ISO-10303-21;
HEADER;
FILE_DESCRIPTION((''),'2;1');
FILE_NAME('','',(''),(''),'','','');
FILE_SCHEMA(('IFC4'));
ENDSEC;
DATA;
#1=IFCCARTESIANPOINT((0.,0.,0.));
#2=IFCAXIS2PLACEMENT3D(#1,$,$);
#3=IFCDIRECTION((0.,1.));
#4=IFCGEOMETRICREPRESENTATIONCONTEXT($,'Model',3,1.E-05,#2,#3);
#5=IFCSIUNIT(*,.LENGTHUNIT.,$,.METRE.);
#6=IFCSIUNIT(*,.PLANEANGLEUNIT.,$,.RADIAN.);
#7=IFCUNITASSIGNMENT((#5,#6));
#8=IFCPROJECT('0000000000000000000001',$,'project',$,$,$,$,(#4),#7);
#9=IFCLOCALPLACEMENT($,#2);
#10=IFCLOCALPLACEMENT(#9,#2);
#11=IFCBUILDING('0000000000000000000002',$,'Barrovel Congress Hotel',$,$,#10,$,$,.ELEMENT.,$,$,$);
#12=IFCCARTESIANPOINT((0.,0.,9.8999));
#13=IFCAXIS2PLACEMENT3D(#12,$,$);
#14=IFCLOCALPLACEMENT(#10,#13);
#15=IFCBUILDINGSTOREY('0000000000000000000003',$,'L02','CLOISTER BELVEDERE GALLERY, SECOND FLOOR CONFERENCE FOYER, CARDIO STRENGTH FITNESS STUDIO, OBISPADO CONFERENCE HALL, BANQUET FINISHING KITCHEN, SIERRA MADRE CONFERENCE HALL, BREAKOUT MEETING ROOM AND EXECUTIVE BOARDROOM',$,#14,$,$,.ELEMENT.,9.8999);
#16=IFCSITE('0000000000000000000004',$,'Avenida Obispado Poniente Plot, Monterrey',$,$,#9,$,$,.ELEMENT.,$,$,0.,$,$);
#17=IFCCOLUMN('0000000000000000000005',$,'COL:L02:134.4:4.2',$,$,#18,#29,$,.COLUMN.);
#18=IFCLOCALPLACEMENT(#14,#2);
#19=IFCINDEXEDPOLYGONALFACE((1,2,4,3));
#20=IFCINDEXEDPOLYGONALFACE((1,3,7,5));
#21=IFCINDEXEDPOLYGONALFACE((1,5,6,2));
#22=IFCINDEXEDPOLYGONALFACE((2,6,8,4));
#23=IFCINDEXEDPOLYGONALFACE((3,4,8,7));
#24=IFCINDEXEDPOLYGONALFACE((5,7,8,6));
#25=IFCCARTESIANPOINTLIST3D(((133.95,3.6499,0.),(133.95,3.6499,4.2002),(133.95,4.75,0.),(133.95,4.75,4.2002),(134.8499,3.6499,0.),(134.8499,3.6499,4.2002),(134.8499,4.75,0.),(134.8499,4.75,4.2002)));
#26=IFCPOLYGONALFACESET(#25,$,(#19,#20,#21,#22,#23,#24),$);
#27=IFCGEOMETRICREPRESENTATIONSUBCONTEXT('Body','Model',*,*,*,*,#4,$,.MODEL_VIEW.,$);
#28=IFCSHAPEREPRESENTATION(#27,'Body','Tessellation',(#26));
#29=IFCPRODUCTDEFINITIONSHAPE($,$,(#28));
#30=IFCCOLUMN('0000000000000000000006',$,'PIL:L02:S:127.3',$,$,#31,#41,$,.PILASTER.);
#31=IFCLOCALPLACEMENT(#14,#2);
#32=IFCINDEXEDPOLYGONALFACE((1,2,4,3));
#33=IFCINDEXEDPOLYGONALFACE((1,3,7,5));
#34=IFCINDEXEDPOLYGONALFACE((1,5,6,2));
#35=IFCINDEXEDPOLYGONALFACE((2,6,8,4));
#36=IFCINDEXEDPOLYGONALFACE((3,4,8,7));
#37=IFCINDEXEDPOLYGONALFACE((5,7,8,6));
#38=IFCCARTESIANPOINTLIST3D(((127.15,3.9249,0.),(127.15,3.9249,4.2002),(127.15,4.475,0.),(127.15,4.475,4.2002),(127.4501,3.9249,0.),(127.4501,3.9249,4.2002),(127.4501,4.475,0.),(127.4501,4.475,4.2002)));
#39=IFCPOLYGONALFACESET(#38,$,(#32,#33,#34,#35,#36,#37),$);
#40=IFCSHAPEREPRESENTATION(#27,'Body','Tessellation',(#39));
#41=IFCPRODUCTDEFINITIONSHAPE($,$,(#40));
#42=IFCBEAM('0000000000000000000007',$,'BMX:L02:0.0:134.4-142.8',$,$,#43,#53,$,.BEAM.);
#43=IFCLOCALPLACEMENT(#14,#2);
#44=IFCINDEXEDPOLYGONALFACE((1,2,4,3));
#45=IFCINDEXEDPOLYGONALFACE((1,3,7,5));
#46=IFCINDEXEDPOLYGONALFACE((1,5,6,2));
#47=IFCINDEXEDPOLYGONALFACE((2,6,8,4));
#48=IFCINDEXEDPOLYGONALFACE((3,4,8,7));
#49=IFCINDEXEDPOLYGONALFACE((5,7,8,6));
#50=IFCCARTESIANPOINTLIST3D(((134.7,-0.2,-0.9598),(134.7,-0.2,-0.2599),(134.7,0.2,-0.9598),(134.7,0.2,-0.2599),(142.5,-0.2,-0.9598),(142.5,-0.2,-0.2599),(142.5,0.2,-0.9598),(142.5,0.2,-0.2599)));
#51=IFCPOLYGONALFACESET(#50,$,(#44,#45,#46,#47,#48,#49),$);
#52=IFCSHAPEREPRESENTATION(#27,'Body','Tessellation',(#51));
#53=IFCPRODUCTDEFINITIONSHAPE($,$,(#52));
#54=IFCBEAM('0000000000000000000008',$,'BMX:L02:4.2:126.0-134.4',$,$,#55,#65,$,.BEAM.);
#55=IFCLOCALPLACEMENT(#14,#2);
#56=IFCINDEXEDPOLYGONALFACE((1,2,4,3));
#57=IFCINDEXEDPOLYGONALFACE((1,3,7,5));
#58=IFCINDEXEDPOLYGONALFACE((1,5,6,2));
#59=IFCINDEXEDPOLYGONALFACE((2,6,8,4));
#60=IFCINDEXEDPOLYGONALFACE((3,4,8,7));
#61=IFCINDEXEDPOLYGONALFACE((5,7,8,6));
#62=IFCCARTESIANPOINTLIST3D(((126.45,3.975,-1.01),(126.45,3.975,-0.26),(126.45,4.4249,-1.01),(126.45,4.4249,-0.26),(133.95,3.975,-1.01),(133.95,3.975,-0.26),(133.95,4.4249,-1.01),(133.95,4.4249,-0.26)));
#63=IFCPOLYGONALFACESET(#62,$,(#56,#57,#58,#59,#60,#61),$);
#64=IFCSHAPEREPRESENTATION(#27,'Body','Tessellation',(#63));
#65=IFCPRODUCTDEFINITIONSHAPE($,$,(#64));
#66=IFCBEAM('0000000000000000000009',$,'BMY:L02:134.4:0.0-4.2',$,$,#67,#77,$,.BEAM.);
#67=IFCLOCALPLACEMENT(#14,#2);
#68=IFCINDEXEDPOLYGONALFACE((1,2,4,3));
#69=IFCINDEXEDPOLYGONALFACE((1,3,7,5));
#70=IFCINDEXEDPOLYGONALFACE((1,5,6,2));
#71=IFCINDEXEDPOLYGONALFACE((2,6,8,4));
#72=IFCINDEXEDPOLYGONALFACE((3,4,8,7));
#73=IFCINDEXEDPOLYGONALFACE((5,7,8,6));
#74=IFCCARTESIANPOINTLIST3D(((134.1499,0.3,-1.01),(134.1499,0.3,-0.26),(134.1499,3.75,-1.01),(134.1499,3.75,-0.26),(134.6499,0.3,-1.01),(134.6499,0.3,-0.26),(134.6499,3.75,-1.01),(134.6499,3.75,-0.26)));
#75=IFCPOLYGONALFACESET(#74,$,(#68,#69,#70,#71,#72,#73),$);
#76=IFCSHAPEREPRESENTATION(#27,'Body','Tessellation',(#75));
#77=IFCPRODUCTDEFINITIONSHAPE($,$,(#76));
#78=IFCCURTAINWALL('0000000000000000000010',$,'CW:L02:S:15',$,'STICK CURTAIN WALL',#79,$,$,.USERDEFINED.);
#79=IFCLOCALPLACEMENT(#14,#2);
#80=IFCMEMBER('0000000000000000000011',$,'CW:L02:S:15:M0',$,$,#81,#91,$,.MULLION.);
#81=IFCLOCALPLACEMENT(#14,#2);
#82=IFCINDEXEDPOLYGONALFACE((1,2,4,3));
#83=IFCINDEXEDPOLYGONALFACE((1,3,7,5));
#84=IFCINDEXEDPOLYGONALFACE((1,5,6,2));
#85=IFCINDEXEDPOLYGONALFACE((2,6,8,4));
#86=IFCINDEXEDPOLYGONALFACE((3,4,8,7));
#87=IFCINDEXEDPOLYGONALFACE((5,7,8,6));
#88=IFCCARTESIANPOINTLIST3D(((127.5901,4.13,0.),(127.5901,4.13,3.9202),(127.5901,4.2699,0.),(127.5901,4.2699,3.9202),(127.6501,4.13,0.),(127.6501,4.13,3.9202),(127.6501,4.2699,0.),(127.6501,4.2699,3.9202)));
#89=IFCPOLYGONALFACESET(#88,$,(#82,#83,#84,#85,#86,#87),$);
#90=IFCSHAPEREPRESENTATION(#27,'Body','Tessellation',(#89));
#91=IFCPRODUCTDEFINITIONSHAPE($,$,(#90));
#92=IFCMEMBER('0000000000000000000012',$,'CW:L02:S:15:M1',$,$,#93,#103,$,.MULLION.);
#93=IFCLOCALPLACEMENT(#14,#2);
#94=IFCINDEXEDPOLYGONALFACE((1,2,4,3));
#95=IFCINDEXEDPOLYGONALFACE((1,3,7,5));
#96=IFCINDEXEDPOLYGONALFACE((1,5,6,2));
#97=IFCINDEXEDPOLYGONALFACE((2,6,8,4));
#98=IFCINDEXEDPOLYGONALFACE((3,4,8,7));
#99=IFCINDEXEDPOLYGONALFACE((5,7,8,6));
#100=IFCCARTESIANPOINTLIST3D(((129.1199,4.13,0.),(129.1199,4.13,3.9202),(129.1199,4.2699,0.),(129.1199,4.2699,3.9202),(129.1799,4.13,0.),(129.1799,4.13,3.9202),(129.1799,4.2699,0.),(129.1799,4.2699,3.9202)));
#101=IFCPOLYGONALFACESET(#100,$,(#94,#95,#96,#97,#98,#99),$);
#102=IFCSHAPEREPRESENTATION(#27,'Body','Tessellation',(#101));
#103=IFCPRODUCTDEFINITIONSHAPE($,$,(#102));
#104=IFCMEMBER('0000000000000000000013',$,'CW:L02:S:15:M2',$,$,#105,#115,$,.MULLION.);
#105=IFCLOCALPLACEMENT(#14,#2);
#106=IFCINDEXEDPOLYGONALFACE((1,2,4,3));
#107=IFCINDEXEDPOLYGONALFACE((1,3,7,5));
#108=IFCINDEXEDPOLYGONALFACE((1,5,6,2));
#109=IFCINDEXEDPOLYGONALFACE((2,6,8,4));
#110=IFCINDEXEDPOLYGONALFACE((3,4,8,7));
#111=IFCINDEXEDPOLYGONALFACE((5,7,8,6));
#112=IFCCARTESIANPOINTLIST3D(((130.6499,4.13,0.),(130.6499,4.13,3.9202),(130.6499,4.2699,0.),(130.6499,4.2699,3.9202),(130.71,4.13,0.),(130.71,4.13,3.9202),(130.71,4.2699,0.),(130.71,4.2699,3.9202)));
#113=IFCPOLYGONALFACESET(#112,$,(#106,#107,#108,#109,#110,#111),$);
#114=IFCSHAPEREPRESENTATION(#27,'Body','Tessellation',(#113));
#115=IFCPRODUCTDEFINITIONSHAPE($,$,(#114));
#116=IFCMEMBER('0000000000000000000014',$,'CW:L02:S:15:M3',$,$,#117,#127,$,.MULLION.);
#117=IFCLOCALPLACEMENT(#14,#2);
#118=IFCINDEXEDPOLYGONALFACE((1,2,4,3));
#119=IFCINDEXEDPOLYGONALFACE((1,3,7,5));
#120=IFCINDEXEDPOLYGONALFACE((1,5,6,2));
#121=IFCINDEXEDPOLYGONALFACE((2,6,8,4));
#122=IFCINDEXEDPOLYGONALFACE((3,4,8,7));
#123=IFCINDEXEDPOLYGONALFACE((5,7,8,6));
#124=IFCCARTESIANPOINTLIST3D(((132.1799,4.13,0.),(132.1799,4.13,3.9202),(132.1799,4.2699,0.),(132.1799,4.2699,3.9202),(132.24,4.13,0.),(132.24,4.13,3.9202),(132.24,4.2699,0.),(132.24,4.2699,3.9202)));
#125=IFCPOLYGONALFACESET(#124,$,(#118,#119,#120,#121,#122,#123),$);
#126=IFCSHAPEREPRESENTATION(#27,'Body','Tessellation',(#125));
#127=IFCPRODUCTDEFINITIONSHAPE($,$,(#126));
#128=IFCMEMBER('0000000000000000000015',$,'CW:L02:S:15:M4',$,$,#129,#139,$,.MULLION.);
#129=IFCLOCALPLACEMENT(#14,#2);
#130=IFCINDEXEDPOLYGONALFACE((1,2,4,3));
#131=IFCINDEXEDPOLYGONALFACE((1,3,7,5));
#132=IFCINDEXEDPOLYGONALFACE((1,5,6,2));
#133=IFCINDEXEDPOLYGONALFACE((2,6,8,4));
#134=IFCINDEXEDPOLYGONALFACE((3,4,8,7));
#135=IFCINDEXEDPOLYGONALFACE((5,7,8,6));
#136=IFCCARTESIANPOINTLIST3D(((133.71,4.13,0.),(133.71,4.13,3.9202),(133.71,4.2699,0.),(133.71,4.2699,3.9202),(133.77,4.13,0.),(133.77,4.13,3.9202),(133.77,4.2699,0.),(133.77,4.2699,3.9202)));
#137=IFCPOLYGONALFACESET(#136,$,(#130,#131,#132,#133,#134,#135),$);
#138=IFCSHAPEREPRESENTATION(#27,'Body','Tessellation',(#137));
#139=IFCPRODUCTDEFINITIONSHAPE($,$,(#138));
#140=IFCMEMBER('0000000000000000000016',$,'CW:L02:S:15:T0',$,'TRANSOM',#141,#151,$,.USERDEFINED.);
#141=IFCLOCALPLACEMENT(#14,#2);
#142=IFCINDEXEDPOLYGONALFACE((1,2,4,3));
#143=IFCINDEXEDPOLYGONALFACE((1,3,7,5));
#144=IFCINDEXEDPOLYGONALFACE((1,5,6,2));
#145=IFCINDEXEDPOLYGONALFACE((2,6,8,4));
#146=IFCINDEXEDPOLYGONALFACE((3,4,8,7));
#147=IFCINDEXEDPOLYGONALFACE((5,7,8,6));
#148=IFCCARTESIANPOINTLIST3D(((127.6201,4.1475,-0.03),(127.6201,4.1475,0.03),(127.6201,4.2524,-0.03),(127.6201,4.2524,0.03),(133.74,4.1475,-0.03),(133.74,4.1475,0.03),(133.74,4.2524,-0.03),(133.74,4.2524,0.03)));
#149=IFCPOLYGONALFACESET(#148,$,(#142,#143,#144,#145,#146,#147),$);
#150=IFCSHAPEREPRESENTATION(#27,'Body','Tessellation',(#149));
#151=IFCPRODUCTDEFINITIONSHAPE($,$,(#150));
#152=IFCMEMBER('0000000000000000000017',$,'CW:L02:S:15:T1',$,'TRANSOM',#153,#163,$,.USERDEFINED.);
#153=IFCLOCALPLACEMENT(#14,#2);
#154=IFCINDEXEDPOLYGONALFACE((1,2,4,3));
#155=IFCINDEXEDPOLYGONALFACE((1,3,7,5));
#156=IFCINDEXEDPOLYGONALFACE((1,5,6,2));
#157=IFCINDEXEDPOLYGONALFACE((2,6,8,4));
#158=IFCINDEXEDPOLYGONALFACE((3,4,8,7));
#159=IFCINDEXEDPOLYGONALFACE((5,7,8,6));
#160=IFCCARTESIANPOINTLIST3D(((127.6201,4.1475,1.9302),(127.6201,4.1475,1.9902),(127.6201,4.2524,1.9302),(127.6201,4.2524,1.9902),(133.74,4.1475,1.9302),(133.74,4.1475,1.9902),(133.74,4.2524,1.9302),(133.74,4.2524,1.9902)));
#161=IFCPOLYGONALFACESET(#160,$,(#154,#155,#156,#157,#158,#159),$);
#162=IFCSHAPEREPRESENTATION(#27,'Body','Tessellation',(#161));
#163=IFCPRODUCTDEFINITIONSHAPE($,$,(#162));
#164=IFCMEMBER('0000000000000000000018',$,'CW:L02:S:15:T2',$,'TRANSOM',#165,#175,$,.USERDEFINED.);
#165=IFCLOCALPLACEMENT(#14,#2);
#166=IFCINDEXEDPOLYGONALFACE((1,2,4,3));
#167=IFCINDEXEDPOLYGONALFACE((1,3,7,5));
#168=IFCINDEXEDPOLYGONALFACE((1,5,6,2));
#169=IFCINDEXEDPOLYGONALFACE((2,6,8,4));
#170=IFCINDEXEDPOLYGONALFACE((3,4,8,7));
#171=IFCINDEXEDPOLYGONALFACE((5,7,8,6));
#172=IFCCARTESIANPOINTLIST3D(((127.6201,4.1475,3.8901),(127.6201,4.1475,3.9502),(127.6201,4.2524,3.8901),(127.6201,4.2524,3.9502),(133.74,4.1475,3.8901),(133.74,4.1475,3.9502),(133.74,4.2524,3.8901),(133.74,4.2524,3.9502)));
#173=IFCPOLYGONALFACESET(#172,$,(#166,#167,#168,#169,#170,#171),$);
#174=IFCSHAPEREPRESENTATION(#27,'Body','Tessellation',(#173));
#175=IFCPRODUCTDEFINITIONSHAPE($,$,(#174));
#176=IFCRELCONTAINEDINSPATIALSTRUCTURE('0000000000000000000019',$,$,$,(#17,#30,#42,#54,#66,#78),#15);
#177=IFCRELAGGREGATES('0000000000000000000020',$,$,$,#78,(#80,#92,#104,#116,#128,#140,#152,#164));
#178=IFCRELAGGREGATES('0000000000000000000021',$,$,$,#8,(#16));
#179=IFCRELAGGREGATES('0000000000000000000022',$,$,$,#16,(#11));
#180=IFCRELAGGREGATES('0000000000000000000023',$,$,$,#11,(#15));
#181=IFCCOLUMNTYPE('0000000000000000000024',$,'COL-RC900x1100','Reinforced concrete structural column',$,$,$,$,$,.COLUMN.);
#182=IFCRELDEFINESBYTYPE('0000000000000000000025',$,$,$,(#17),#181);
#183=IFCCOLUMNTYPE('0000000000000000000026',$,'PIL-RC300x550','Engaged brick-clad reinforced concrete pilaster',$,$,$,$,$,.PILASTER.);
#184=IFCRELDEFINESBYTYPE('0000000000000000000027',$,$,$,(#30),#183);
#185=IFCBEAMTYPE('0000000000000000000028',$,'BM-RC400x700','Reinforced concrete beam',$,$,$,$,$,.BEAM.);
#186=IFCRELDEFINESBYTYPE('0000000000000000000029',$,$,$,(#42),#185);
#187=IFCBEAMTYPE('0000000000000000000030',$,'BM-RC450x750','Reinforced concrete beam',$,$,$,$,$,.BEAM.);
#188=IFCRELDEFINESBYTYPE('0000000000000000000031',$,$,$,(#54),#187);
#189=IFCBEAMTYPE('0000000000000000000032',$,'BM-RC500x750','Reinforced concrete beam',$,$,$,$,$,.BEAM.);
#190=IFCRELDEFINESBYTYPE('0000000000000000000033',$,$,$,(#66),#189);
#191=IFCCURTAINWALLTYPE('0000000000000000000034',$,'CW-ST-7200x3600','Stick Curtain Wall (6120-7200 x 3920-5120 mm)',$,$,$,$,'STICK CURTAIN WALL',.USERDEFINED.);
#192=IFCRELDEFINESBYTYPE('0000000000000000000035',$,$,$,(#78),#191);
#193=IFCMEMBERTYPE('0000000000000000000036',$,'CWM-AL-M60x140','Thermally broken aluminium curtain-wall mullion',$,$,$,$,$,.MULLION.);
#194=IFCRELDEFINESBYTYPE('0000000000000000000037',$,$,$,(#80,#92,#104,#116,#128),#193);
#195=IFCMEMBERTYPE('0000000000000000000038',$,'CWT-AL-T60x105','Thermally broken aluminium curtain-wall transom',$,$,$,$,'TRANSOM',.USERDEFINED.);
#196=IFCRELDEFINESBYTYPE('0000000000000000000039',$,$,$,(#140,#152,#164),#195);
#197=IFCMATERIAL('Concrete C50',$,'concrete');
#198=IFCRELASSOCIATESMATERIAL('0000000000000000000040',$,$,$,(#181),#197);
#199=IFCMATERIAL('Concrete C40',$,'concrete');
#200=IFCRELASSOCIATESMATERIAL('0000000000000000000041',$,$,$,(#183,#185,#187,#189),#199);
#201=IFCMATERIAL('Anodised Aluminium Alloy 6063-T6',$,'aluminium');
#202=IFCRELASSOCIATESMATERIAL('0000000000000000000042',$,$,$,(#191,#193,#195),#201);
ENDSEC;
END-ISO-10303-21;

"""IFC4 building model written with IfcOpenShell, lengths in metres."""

from ifc_helpers import new_model, si_unit, direction, frame, origin, origin_2d, place, context, subcontext, project, spatial, rectangle, extrude, material, material_profile, profile_set, type_object, element, aggregate, save


model = new_model("IFC4")

# Units and contexts
model_context = context("Model", 3, precision=1e-05, world=origin(), true_north=direction((0.0, 1.0)))
body_context = subcontext(model_context, "Body", "Model", "MODEL_VIEW")
ifc_project = project(units=[si_unit("LENGTHUNIT", "METRE"), si_unit("PLANEANGLEUNIT", "RADIAN")], contexts=[model_context])

# Site, building, storey
site_placement = place(None, origin())
site = spatial("IfcSite", under=ifc_project, at=site_placement, Name="Avenida Obispado Poniente Plot, Monterrey", CompositionType="ELEMENT", RefElevation=0.0)
building_placement = place(site_placement, origin())
building = spatial("IfcBuilding", under=site, at=building_placement, Name="Barrovel Congress Hotel", CompositionType="ELEMENT")
storey_placement = place(building_placement, frame((0.0, 0.0, 9.8999)))
storey = spatial("IfcBuildingStorey", under=building, at=storey_placement, Name="L02", Description="CLOISTER BELVEDERE GALLERY, SECOND FLOOR CONFERENCE FOYER, CARDIO STRENGTH FITNESS STUDIO, OBISPADO CONFERENCE HALL, BANQUET FINISHING KITCHEN, SIERRA MADRE CONFERENCE HALL, BREAKOUT MEETING ROOM AND EXECUTIVE BOARDROOM", CompositionType="ELEMENT", Elevation=9.8999)

# Columns
ifc_material_1 = material(Name="Concrete C50", Category="concrete")
ifc_material_profile_1 = material_profile(ifc_material_1, rectangle(XDim=0.8999, YDim=1.1001, at=origin_2d()), Name="RC900x1100")
ifc_profile_set_1 = profile_set([ifc_material_profile_1], Name="Concrete C50")
column_type_1 = type_object("IfcColumnType", Name="COL-RC900x1100", Description="Reinforced concrete structural column", PredefinedType="COLUMN", material=ifc_profile_set_1)
column_1_placement = place(storey_placement, frame((134.3999, 4.2, 0.0), z_axis=(0.0, 0.0, 1.0), x_axis=(1.0, 0.0, 0.0)))
element("IfcColumn", 1, at=column_1_placement, inside=storey, type_object=column_type_1, Name="COL:L02:134.4:4.2", PredefinedType="COLUMN", context=body_context, shape_type="SweptSolid", body=[
    extrude(rectangle(XDim=0.8999, YDim=1.1001, at=origin_2d()), origin(), (0.0, 0.0, 1.0), 4.2002),
])
ifc_material_2 = material(Name="Concrete C40", Category="concrete")
ifc_material_profile_2 = material_profile(ifc_material_2, rectangle(XDim=0.3, YDim=0.55, at=origin_2d()), Name="RC300x550")
ifc_profile_set_2 = profile_set([ifc_material_profile_2], Name="Concrete C40")
column_type_2 = type_object("IfcColumnType", Name="PIL-RC300x550", Description="Engaged brick-clad reinforced concrete pilaster", PredefinedType="PILASTER", material=ifc_profile_set_2)
column_2_placement = place(storey_placement, frame((127.3, 4.2, 0.0), z_axis=(0.0, 0.0, 1.0), x_axis=(1.0, 0.0, 0.0)))
element("IfcColumn", 2, at=column_2_placement, inside=storey, type_object=column_type_2, Name="PIL:L02:S:127.3", PredefinedType="PILASTER", context=body_context, shape_type="SweptSolid", body=[
    extrude(rectangle(XDim=0.3, YDim=0.55, at=origin_2d()), origin(), (0.0, 0.0, 1.0), 4.2002),
])

# Beams
ifc_material_profile_3 = material_profile(ifc_material_2, rectangle(XDim=0.3999, YDim=0.7, at=origin_2d()), Name="RC400x700")
ifc_profile_set_3 = profile_set([ifc_material_profile_3], Name="Concrete C40")
beam_type_1 = type_object("IfcBeamType", Name="BM-RC400x700", Description="Reinforced concrete beam", PredefinedType="BEAM", material=ifc_profile_set_3)
beam_1_placement = place(storey_placement, frame((134.7, 0.0, -0.6099), z_axis=(1.0, 0.0, 0.0), x_axis=(0.0, 1.0, 0.0)))
element("IfcBeam", 3, at=beam_1_placement, inside=storey, type_object=beam_type_1, Name="BMX:L02:0.0:134.4-142.8", PredefinedType="BEAM", context=body_context, shape_type="SweptSolid", body=[
    extrude(rectangle(XDim=0.3999, YDim=0.7, at=origin_2d()), origin(), (0.0, 0.0, 1.0), 7.8),
])
ifc_material_profile_4 = material_profile(ifc_material_2, rectangle(XDim=0.45, YDim=0.75, at=origin_2d()), Name="RC450x750")
ifc_profile_set_4 = profile_set([ifc_material_profile_4], Name="Concrete C40")
beam_type_2 = type_object("IfcBeamType", Name="BM-RC450x750", Description="Reinforced concrete beam", PredefinedType="BEAM", material=ifc_profile_set_4)
beam_2_placement = place(storey_placement, frame((126.45, 4.2, -0.635), z_axis=(1.0, 0.0, 0.0), x_axis=(0.0, 1.0, 0.0)))
element("IfcBeam", 4, at=beam_2_placement, inside=storey, type_object=beam_type_2, Name="BMX:L02:4.2:126.0-134.4", PredefinedType="BEAM", context=body_context, shape_type="SweptSolid", body=[
    extrude(rectangle(XDim=0.45, YDim=0.75, at=origin_2d()), origin(), (0.0, 0.0, 1.0), 7.5),
])
ifc_material_profile_5 = material_profile(ifc_material_2, rectangle(XDim=0.5, YDim=0.75, at=origin_2d()), Name="RC500x750")
ifc_profile_set_5 = profile_set([ifc_material_profile_5], Name="Concrete C40")
beam_type_3 = type_object("IfcBeamType", Name="BM-RC500x750", Description="Reinforced concrete beam", PredefinedType="BEAM", material=ifc_profile_set_5)
beam_3_placement = place(storey_placement, frame((134.3999, 0.3, -0.635), z_axis=(0.0, 1.0, 0.0), x_axis=(-1.0, 0.0, 0.0)))
element("IfcBeam", 5, at=beam_3_placement, inside=storey, type_object=beam_type_3, Name="BMY:L02:134.4:0.0-4.2", PredefinedType="BEAM", context=body_context, shape_type="SweptSolid", body=[
    extrude(rectangle(XDim=0.5, YDim=0.75, at=origin_2d()), origin(), (0.0, 0.0, 1.0), 3.45),
])

# Curtain wall, members
ifc_material_3 = material(Name="Anodised Aluminium Alloy 6063-T6", Category="aluminium")
curtain_wall_type = type_object("IfcCurtainWallType", Name="CW-ST-7200x3600", Description="Stick Curtain Wall (6120-7200 x 3920-5120 mm)", ElementType="STICK CURTAIN WALL", PredefinedType="USERDEFINED", material=ifc_material_3)
curtain_wall_placement = place(storey_placement, origin())
curtain_wall = element("IfcCurtainWall", 6, at=curtain_wall_placement, inside=storey, type_object=curtain_wall_type, Name="CW:L02:S:15", ObjectType="STICK CURTAIN WALL", PredefinedType="USERDEFINED")
ifc_material_profile_6 = material_profile(ifc_material_3, rectangle(XDim=0.0601, YDim=0.1399, at=origin_2d()), Name="AL-M60x140")
ifc_profile_set_6 = profile_set([ifc_material_profile_6], Name="Anodised Aluminium Alloy 6063-T6")
member_type_1 = type_object("IfcMemberType", Name="CWM-AL-M60x140", Description="Thermally broken aluminium curtain-wall mullion", PredefinedType="MULLION", material=ifc_profile_set_6)
member_1_placement = place(storey_placement, frame((127.6201, 4.2, 0.0), z_axis=(0.0, 0.0, 1.0), x_axis=(1.0, 0.0, 0.0)))
member_1 = element("IfcMember", 7, at=member_1_placement, type_object=member_type_1, Name="CW:L02:S:15:M0", PredefinedType="MULLION", context=body_context, shape_type="SweptSolid", body=[
    extrude(rectangle(XDim=0.0601, YDim=0.1399, at=origin_2d()), origin(), (0.0, 0.0, 1.0), 3.9202),
])
member_2_placement = place(storey_placement, frame((129.1499, 4.2, 0.0), z_axis=(0.0, 0.0, 1.0), x_axis=(1.0, 0.0, 0.0)))
member_2 = element("IfcMember", 8, at=member_2_placement, type_object=member_type_1, Name="CW:L02:S:15:M1", PredefinedType="MULLION", context=body_context, shape_type="SweptSolid", body=[
    extrude(rectangle(XDim=0.0601, YDim=0.1399, at=origin_2d()), origin(), (0.0, 0.0, 1.0), 3.9202),
])
member_3_placement = place(storey_placement, frame((130.6799, 4.2, 0.0), z_axis=(0.0, 0.0, 1.0), x_axis=(1.0, 0.0, 0.0)))
member_3 = element("IfcMember", 9, at=member_3_placement, type_object=member_type_1, Name="CW:L02:S:15:M2", PredefinedType="MULLION", context=body_context, shape_type="SweptSolid", body=[
    extrude(rectangle(XDim=0.0601, YDim=0.1399, at=origin_2d()), origin(), (0.0, 0.0, 1.0), 3.9202),
])
member_4_placement = place(storey_placement, frame((132.21, 4.2, 0.0), z_axis=(0.0, 0.0, 1.0), x_axis=(1.0, 0.0, 0.0)))
member_4 = element("IfcMember", 10, at=member_4_placement, type_object=member_type_1, Name="CW:L02:S:15:M3", PredefinedType="MULLION", context=body_context, shape_type="SweptSolid", body=[
    extrude(rectangle(XDim=0.0601, YDim=0.1399, at=origin_2d()), origin(), (0.0, 0.0, 1.0), 3.9202),
])
member_5_placement = place(storey_placement, frame((133.74, 4.2, 0.0), z_axis=(0.0, 0.0, 1.0), x_axis=(1.0, 0.0, 0.0)))
member_5 = element("IfcMember", 11, at=member_5_placement, type_object=member_type_1, Name="CW:L02:S:15:M4", PredefinedType="MULLION", context=body_context, shape_type="SweptSolid", body=[
    extrude(rectangle(XDim=0.0601, YDim=0.1399, at=origin_2d()), origin(), (0.0, 0.0, 1.0), 3.9202),
])
ifc_material_profile_7 = material_profile(ifc_material_3, rectangle(XDim=0.105, YDim=0.0601, at=origin_2d()), Name="AL-T60x105")
ifc_profile_set_7 = profile_set([ifc_material_profile_7], Name="Anodised Aluminium Alloy 6063-T6")
member_type_2 = type_object("IfcMemberType", Name="CWT-AL-T60x105", Description="Thermally broken aluminium curtain-wall transom", ElementType="TRANSOM", PredefinedType="USERDEFINED", material=ifc_profile_set_7)
member_6_placement = place(storey_placement, frame((127.6201, 4.2, 0.0), z_axis=(1.0, 0.0, 0.0), x_axis=(0.0, 1.0, 0.0)))
member_6 = element("IfcMember", 12, at=member_6_placement, type_object=member_type_2, Name="CW:L02:S:15:T0", ObjectType="TRANSOM", PredefinedType="USERDEFINED", context=body_context, shape_type="SweptSolid", body=[
    extrude(rectangle(XDim=0.105, YDim=0.0601, at=origin_2d()), origin(), (0.0, 0.0, 1.0), 6.1199),
])
member_7_placement = place(storey_placement, frame((127.6201, 4.2, 1.9602), z_axis=(1.0, 0.0, 0.0), x_axis=(0.0, 1.0, 0.0)))
member_7 = element("IfcMember", 13, at=member_7_placement, type_object=member_type_2, Name="CW:L02:S:15:T1", ObjectType="TRANSOM", PredefinedType="USERDEFINED", context=body_context, shape_type="SweptSolid", body=[
    extrude(rectangle(XDim=0.105, YDim=0.0601, at=origin_2d()), origin(), (0.0, 0.0, 1.0), 6.1199),
])
member_8_placement = place(storey_placement, frame((127.6201, 4.2, 3.9202), z_axis=(1.0, 0.0, 0.0), x_axis=(0.0, 1.0, 0.0)))
member_8 = element("IfcMember", 14, at=member_8_placement, type_object=member_type_2, Name="CW:L02:S:15:T2", ObjectType="TRANSOM", PredefinedType="USERDEFINED", context=body_context, shape_type="SweptSolid", body=[
    extrude(rectangle(XDim=0.105, YDim=0.0601, at=origin_2d()), origin(), (0.0, 0.0, 1.0), 6.1199),
])

aggregate(curtain_wall, [member_1, member_2, member_3, member_4, member_5, member_6, member_7, member_8])

save(model, "model.ifc")
